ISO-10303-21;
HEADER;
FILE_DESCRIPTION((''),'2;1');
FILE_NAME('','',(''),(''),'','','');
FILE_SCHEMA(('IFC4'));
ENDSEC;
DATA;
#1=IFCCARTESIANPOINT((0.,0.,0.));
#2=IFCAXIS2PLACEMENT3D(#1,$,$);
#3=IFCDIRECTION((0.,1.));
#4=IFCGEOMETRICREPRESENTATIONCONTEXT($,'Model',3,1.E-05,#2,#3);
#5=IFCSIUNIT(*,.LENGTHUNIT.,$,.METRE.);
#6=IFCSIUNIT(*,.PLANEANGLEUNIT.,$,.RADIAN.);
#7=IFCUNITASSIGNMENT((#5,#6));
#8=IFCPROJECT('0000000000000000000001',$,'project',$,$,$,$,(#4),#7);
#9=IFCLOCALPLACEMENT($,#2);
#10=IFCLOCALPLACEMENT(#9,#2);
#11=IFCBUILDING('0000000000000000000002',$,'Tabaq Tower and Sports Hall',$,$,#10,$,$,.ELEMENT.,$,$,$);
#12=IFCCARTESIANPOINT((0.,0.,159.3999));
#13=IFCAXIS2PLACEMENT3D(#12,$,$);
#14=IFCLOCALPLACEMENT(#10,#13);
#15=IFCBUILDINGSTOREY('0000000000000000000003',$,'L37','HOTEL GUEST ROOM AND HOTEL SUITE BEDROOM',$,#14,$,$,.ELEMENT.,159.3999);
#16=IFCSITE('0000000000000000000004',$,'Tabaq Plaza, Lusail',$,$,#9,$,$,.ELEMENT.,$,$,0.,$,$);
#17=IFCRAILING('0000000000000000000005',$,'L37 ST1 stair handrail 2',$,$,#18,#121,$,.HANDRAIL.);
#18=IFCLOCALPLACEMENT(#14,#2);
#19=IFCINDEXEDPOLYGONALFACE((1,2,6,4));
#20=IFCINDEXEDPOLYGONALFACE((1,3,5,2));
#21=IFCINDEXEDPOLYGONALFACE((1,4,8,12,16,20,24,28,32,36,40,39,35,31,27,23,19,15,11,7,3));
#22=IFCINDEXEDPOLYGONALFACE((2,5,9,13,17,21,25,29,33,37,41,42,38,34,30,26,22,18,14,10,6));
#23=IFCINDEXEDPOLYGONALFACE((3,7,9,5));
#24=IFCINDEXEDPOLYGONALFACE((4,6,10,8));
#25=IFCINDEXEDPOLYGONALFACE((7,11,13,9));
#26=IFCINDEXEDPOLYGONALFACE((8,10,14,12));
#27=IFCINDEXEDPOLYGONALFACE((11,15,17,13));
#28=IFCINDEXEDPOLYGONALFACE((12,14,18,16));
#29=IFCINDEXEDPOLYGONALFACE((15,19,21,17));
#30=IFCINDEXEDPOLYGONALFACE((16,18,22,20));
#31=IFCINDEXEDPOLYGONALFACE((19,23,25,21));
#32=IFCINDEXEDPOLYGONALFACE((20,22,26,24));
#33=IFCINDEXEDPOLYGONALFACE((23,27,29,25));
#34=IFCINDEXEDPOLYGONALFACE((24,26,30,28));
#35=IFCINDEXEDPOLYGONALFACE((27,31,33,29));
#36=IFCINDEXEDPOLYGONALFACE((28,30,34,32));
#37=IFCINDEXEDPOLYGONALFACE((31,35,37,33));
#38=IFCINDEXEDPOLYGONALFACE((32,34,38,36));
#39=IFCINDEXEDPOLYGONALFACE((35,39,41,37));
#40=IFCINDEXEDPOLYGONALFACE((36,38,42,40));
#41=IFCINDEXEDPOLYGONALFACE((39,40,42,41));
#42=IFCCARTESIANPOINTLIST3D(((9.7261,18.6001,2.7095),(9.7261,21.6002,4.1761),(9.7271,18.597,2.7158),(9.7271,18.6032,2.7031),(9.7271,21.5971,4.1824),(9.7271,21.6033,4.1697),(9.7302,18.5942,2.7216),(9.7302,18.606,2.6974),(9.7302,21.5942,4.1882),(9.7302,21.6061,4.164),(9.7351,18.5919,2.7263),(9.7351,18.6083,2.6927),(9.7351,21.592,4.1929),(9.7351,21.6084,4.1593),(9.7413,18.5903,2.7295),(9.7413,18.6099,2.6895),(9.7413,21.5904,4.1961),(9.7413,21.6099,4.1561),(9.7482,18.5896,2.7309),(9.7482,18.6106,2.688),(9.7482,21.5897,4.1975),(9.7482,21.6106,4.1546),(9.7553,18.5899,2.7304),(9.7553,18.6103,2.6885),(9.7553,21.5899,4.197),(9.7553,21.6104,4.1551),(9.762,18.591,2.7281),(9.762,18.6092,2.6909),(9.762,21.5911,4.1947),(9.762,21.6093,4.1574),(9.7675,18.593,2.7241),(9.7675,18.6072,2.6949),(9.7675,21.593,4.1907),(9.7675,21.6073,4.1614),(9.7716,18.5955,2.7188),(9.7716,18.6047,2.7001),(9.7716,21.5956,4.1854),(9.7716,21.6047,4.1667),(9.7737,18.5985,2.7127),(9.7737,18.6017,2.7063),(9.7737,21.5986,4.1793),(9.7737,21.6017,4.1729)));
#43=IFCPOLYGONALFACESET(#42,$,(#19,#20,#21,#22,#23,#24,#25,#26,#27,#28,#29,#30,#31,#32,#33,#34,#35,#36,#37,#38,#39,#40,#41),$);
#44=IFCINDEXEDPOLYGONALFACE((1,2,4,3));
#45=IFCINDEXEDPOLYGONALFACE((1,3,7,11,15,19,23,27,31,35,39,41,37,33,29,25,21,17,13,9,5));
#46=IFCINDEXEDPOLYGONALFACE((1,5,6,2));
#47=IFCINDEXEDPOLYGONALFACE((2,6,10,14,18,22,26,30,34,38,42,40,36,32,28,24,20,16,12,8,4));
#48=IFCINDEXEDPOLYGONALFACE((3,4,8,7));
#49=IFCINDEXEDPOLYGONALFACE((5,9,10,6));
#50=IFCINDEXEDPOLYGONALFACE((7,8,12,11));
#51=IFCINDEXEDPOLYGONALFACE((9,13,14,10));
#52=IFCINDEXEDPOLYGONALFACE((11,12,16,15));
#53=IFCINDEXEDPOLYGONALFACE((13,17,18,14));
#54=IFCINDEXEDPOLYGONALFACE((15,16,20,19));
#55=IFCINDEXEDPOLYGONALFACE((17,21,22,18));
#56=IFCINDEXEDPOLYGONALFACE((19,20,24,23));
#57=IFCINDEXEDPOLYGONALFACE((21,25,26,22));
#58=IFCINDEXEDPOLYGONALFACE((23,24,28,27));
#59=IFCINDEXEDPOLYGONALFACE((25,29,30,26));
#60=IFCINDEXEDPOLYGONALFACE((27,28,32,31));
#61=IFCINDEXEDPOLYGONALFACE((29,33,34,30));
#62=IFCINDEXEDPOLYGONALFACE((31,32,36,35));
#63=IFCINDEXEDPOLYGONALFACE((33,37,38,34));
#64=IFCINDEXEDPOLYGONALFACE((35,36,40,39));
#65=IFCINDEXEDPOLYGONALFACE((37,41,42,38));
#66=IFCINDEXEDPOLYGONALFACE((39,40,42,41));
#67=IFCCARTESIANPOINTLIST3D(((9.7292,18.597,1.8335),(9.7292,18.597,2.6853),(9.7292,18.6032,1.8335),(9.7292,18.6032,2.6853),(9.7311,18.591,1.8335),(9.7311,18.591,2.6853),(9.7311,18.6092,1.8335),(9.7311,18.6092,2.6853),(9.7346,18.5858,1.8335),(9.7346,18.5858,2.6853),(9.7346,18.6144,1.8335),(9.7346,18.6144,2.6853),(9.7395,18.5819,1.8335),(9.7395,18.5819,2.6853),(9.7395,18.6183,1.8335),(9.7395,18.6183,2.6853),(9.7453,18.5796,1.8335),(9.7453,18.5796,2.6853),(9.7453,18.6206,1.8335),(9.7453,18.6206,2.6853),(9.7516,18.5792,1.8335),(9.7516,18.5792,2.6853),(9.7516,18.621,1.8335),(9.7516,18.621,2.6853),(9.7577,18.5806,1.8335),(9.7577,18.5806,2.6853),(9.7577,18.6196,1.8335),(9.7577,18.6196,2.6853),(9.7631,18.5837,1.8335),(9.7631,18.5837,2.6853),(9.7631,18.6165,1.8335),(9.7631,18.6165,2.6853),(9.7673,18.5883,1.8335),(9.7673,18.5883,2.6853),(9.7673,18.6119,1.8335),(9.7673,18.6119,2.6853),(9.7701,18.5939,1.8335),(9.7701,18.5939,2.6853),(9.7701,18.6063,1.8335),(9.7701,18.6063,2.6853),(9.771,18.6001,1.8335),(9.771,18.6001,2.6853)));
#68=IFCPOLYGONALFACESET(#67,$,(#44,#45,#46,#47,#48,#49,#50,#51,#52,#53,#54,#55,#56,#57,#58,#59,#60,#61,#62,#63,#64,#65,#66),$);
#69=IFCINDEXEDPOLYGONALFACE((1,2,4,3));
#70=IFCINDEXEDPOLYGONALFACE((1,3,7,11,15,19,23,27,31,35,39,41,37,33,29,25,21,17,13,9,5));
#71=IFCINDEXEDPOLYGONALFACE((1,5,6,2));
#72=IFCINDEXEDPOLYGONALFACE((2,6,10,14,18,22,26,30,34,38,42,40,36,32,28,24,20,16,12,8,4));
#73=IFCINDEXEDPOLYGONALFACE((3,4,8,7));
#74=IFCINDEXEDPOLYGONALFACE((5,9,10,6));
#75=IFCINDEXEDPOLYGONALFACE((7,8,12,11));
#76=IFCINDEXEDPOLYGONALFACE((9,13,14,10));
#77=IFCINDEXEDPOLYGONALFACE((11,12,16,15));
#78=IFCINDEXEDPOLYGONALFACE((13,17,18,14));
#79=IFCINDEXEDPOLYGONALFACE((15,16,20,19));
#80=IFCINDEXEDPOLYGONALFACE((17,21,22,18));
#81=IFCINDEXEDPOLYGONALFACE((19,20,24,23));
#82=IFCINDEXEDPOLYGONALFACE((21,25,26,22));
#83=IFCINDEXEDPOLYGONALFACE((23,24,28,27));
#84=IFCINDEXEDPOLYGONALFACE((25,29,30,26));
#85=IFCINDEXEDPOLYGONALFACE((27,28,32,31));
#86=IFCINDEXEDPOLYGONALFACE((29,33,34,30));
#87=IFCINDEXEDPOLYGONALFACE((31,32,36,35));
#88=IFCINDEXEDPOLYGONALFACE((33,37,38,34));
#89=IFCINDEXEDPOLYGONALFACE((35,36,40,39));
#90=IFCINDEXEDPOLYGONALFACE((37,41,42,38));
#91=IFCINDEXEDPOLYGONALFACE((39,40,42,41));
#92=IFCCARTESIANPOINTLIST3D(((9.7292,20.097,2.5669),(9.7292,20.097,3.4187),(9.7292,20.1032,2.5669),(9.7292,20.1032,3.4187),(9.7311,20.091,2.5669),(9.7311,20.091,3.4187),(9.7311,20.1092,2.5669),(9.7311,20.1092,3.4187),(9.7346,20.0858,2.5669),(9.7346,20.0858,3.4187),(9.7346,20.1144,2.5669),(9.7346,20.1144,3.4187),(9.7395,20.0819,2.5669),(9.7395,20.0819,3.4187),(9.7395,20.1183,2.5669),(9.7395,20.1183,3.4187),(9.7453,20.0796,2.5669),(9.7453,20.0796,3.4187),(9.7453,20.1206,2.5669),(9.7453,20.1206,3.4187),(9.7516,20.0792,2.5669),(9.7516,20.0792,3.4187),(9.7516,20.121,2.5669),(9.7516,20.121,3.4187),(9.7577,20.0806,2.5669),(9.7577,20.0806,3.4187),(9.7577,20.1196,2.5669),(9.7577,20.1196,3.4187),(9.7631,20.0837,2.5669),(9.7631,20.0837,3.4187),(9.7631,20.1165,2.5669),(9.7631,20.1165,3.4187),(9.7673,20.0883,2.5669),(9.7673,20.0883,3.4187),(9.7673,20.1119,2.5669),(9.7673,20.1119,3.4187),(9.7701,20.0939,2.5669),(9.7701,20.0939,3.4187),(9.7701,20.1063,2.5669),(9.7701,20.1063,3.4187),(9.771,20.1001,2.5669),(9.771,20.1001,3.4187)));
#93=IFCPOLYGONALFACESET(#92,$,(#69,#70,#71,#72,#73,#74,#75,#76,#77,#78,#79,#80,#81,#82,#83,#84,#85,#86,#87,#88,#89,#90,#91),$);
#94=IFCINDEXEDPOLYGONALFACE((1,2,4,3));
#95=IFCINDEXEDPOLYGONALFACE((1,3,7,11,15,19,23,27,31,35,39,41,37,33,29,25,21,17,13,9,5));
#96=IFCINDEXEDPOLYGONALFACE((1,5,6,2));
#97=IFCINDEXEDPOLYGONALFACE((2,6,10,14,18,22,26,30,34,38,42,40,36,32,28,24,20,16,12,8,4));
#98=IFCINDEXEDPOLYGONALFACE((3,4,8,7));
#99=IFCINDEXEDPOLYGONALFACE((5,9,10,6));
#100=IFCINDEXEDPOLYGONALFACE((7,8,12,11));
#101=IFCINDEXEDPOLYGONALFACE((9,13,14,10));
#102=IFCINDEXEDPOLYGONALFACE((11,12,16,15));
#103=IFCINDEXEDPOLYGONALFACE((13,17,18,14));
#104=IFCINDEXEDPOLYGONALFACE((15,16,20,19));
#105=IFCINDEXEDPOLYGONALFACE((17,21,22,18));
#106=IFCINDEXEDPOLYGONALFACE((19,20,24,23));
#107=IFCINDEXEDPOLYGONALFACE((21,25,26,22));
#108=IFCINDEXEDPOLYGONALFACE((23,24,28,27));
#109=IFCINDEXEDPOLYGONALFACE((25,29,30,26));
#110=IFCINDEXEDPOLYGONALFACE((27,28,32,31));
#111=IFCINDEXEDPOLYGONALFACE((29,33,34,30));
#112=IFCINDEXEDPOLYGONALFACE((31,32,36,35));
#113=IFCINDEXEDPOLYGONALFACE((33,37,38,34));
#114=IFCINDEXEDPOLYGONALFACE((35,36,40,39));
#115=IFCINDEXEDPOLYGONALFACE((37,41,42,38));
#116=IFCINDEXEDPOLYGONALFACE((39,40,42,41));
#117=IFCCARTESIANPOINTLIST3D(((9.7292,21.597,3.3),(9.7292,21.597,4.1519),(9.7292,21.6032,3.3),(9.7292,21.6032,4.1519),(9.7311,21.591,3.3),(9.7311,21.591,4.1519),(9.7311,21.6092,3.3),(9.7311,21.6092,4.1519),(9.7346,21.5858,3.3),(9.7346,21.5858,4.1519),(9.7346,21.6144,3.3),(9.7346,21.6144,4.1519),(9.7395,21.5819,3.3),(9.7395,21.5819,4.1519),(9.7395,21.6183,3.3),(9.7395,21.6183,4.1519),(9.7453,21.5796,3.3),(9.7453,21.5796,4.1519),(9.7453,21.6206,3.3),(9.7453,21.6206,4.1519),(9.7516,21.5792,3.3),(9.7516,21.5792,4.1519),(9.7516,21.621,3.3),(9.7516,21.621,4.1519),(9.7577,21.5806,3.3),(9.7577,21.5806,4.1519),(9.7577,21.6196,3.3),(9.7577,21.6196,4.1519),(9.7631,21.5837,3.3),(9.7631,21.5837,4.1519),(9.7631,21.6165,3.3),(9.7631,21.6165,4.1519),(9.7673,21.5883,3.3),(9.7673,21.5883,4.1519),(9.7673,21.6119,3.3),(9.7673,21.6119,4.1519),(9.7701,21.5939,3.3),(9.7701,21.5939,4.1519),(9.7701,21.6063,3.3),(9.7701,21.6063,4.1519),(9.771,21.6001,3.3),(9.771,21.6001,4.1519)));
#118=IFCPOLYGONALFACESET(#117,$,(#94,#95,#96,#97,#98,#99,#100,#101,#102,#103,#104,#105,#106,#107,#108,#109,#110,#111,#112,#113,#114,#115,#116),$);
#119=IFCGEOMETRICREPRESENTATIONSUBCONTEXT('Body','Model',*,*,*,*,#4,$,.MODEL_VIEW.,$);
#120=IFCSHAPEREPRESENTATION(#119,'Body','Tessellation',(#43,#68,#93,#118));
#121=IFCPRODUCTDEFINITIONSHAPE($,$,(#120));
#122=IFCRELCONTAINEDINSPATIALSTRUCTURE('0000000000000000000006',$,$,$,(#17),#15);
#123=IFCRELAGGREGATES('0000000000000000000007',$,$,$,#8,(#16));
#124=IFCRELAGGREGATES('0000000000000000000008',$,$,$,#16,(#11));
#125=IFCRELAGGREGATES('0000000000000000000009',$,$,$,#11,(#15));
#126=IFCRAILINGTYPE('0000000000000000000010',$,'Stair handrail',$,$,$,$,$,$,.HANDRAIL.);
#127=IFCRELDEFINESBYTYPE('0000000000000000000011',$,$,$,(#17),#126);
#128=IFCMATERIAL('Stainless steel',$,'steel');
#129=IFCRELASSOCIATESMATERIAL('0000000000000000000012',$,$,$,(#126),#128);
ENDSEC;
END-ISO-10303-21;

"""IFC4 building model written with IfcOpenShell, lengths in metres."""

from ifc_helpers import new_model, si_unit, direction, frame, origin, origin_2d, place, context, subcontext, project, spatial, circle, extrude, material, type_object, element, save


model = new_model("IFC4")

# Units and contexts
model_context = context("Model", 3, precision=1e-05, world=origin(), true_north=direction((0.0, 1.0)))
body_context = subcontext(model_context, "Body", "Model", "MODEL_VIEW")
ifc_project = project(units=[si_unit("LENGTHUNIT", "METRE"), si_unit("PLANEANGLEUNIT", "RADIAN")], contexts=[model_context])

# Site, building, storey
site_placement = place(None, origin())
site = spatial("IfcSite", under=ifc_project, at=site_placement, Name="Tabaq Plaza, Lusail", CompositionType="ELEMENT", RefElevation=0.0)
building_placement = place(site_placement, origin())
building = spatial("IfcBuilding", under=site, at=building_placement, Name="Tabaq Tower and Sports Hall", CompositionType="ELEMENT")
storey_placement = place(building_placement, frame((0.0, 0.0, 159.3999)))
storey = spatial("IfcBuildingStorey", under=building, at=storey_placement, Name="L37", Description="HOTEL GUEST ROOM AND HOTEL SUITE BEDROOM", CompositionType="ELEMENT", Elevation=159.3999)

# Railing
ifc_material_1 = material(Name="Stainless steel", Category="steel")
railing_type = type_object("IfcRailingType", Name="Stair handrail", PredefinedType="HANDRAIL", material=ifc_material_1)
railing_1_placement = place(storey_placement, frame((9.75, 18.6001, 1.8335)))
element("IfcRailing", 1, at=railing_1_placement, inside=storey, type_object=railing_type, Name="L37 ST1 stair handrail 2", PredefinedType="HANDRAIL", context=body_context, shape_type="SweptSolid", body=[
    extrude(circle(Radius=0.0239, at=origin_2d()), frame((0.0, 0.0, 0.876), z_axis=(0.0, 0.898398, 0.439183), x_axis=(-1.0, 0.0, 0.0)), (0.0, 0.0, 1.0), 3.3394),
    extrude(circle(Radius=0.021, at=origin_2d()), origin(), (0.0, 0.0, 1.0), 0.8518),
    extrude(circle(Radius=0.021, at=origin_2d()), frame((0.0, 1.5, 0.7334)), (0.0, 0.0, 1.0), 0.8518),
    extrude(circle(Radius=0.021, at=origin_2d()), frame((0.0, 3.0, 1.4666)), (0.0, 0.0, 1.0), 0.8518),
])

save(model, "model.ifc")
